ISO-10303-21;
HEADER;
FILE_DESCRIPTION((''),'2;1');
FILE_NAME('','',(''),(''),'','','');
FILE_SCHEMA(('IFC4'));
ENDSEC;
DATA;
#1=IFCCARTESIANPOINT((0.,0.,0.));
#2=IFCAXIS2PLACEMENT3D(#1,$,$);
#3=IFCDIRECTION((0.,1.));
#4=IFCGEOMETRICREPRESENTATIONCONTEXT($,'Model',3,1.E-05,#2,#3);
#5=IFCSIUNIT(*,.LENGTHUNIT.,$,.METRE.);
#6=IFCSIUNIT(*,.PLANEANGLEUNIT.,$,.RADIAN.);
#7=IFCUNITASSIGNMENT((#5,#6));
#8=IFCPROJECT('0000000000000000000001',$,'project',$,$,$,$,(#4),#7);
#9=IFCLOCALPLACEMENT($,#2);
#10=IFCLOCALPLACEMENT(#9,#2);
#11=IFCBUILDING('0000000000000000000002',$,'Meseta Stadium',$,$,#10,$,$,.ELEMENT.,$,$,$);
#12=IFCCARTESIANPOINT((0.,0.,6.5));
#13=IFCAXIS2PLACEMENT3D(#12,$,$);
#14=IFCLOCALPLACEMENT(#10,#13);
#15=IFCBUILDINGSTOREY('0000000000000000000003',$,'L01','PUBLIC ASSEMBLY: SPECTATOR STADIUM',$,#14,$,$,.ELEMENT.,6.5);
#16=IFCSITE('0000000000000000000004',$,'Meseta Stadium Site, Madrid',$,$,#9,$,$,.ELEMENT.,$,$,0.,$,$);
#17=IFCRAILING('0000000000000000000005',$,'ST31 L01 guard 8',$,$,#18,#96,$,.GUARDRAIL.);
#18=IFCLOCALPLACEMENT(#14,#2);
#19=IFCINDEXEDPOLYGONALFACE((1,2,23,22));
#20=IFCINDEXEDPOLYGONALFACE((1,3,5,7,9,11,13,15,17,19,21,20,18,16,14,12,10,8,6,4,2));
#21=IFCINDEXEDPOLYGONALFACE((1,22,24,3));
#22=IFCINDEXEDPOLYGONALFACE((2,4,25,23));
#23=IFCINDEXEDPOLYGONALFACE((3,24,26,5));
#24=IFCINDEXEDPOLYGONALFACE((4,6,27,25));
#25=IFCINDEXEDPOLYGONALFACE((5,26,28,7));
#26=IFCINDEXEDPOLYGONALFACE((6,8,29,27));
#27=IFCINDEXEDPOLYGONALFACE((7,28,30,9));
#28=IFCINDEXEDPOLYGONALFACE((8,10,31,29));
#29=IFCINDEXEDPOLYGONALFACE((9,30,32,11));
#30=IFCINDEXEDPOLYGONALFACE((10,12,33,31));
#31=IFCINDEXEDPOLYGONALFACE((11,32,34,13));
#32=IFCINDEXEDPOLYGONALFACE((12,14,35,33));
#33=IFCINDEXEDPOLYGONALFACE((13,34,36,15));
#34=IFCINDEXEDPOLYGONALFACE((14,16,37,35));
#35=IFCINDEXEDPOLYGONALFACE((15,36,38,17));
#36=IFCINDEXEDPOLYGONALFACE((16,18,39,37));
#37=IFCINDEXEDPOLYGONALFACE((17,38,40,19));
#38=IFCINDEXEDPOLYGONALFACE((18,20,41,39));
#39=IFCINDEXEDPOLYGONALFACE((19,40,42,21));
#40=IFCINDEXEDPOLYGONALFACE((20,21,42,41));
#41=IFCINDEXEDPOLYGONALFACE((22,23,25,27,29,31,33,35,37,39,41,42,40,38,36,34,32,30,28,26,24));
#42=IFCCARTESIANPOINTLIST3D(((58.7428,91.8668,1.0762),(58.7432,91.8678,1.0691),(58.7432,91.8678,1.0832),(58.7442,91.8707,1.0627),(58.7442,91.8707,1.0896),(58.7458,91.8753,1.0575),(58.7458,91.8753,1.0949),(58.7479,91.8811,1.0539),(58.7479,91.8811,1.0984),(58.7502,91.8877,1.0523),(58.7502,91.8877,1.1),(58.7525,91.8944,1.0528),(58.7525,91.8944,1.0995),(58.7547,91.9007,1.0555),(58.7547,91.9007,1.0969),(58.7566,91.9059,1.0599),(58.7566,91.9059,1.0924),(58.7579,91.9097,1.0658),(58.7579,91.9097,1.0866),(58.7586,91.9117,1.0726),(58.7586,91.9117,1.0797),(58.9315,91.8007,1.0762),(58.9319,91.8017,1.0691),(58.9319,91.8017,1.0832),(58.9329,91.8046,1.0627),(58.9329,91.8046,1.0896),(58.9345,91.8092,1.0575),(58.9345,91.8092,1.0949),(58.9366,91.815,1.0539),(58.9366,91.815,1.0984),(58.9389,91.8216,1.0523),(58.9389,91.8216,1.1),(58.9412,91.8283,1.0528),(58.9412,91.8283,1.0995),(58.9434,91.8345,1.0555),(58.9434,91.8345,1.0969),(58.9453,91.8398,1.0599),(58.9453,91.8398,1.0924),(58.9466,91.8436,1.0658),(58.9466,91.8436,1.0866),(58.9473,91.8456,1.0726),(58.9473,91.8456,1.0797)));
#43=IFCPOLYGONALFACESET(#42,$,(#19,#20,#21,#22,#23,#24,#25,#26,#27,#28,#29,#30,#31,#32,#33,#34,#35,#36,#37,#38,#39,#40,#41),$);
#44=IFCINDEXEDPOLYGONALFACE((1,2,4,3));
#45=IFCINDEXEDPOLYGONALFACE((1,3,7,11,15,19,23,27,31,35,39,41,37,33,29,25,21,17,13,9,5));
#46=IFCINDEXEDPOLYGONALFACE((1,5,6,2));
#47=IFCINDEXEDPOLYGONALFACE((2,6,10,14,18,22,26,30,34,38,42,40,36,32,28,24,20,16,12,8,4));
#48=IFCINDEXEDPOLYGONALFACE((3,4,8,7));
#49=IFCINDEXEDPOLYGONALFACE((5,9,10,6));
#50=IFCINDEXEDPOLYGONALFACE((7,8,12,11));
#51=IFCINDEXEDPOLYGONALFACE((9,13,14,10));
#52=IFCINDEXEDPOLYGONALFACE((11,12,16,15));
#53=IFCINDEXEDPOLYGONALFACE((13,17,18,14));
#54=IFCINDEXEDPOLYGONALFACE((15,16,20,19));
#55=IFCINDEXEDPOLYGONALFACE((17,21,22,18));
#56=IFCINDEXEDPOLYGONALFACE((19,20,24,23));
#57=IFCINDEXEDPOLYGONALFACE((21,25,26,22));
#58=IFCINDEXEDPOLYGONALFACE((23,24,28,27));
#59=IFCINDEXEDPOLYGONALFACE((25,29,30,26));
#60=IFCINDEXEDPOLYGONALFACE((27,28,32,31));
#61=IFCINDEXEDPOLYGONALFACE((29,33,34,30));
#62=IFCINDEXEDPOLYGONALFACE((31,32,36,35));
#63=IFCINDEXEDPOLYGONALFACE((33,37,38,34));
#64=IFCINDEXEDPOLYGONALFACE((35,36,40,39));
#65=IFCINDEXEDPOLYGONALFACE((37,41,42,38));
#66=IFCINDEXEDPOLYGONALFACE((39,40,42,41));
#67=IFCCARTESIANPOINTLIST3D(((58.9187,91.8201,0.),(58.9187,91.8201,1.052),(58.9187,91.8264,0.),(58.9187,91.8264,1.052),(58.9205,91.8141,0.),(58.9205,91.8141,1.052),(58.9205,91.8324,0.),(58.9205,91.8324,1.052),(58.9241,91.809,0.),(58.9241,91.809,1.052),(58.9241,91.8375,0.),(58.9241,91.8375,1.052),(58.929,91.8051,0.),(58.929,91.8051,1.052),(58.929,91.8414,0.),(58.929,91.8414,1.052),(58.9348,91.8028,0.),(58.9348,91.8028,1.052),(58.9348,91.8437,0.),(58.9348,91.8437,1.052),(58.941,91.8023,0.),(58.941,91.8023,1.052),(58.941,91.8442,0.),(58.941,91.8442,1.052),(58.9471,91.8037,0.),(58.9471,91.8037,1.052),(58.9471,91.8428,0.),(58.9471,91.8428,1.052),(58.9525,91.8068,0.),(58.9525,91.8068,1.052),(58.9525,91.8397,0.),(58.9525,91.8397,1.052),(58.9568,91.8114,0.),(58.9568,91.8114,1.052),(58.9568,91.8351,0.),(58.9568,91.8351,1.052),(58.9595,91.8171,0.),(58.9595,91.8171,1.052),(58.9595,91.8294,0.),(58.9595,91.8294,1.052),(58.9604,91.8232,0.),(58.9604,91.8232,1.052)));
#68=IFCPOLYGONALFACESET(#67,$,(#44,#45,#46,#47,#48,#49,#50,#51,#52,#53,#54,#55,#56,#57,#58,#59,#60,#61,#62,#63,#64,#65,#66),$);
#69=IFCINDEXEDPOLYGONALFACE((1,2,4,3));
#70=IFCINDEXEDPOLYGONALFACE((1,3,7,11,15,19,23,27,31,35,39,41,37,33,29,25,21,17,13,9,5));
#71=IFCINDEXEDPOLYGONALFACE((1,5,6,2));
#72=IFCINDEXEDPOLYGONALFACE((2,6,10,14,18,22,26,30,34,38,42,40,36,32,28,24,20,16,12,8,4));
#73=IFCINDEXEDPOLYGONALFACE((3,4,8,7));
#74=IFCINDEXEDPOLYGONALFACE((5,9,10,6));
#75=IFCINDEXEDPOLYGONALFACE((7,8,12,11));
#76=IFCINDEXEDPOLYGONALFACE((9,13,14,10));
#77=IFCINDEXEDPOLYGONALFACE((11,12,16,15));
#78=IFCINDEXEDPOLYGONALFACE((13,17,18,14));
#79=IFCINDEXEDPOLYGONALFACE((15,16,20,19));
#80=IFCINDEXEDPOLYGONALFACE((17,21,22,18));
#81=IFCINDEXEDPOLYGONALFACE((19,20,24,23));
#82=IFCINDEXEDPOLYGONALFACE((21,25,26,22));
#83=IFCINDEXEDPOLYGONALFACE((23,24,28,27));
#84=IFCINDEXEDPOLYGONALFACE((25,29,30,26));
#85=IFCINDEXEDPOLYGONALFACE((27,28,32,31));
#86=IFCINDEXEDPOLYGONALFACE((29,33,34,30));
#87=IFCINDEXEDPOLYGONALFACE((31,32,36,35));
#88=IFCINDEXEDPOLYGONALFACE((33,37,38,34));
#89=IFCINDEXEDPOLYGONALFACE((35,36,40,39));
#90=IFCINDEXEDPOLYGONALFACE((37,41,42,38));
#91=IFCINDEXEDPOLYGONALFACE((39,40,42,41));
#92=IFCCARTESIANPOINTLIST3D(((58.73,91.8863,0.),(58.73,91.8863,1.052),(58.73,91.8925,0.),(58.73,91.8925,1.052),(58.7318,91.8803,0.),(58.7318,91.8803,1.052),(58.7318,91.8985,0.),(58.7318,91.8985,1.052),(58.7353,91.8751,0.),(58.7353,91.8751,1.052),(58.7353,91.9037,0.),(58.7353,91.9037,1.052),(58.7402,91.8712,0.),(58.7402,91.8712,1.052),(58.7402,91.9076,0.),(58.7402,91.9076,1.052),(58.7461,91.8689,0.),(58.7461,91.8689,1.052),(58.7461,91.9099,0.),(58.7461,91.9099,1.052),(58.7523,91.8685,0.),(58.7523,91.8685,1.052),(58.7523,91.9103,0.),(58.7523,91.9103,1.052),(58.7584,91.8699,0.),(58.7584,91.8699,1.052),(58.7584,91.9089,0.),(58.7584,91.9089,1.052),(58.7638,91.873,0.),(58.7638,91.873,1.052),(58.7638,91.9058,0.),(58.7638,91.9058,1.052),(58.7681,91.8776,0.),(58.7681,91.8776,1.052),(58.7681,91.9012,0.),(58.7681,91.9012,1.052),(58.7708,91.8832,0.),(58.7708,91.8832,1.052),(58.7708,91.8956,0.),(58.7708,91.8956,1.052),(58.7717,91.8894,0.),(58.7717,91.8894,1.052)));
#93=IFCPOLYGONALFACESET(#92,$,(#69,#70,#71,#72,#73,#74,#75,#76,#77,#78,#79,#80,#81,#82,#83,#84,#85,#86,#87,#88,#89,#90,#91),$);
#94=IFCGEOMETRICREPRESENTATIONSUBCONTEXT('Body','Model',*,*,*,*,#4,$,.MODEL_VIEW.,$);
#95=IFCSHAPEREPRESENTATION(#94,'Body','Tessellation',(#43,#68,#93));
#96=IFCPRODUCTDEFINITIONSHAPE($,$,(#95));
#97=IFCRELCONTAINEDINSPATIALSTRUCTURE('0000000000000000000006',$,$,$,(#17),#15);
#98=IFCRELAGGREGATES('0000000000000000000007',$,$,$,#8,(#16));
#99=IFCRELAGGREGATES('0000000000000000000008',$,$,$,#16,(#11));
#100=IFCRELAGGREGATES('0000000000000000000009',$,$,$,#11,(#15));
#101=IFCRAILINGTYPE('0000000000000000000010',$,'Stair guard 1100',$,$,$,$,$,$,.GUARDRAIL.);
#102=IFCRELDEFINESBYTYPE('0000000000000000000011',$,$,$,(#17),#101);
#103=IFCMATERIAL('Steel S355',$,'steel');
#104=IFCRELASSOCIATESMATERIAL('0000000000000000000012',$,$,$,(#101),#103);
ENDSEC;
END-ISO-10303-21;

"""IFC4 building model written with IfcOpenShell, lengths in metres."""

from ifc_helpers import new_model, si_unit, direction, frame, origin, origin_2d, place, context, subcontext, project, spatial, circle, extrude, material, type_object, element, save


model = new_model("IFC4")

# Units and contexts
model_context = context("Model", 3, precision=1e-05, world=origin(), true_north=direction((0.0, 1.0)))
body_context = subcontext(model_context, "Body", "Model", "MODEL_VIEW")
ifc_project = project(units=[si_unit("LENGTHUNIT", "METRE"), si_unit("PLANEANGLEUNIT", "RADIAN")], contexts=[model_context])

# Site, building, storey
site_placement = place(None, origin())
site = spatial("IfcSite", under=ifc_project, at=site_placement, Name="Meseta Stadium Site, Madrid", CompositionType="ELEMENT", RefElevation=0.0)
building_placement = place(site_placement, origin())
building = spatial("IfcBuilding", under=site, at=building_placement, Name="Meseta Stadium", CompositionType="ELEMENT")
storey_placement = place(building_placement, frame((0.0, 0.0, 6.5)))
storey = spatial("IfcBuildingStorey", under=building, at=storey_placement, Name="L01", Description="PUBLIC ASSEMBLY: SPECTATOR STADIUM", CompositionType="ELEMENT", Elevation=6.5)

# Railing
ifc_material_1 = material(Name="Steel S355", Category="steel")
railing_type_1 = type_object("IfcRailingType", Name="Stair guard 1100", PredefinedType="GUARDRAIL", material=ifc_material_1)
railing_1_placement = place(storey_placement, frame((58.9395, 91.8232, 0.0)))
element("IfcRailing", 1, at=railing_1_placement, inside=storey, type_object=railing_type_1, Name="ST31 L01 guard 8", PredefinedType="GUARDRAIL", context=body_context, shape_type="SweptSolid", body=[
    extrude(circle(Radius=0.0239, at=origin_2d()), frame((0.0, 0.0, 1.0762), z_axis=(-0.943687, 0.33084, 0.0), x_axis=(-0.33084, -0.943687, 0.0)), (0.0, 0.0, 1.0), 0.2),
    extrude(circle(Radius=0.021, at=origin_2d()), origin(), (0.0, 0.0, 1.0), 1.052),
    extrude(circle(Radius=0.021, at=origin_2d()), frame((-0.1887, 0.0662, 0.0)), (0.0, 0.0, 1.0), 1.052),
])

save(model, "model.ifc")
